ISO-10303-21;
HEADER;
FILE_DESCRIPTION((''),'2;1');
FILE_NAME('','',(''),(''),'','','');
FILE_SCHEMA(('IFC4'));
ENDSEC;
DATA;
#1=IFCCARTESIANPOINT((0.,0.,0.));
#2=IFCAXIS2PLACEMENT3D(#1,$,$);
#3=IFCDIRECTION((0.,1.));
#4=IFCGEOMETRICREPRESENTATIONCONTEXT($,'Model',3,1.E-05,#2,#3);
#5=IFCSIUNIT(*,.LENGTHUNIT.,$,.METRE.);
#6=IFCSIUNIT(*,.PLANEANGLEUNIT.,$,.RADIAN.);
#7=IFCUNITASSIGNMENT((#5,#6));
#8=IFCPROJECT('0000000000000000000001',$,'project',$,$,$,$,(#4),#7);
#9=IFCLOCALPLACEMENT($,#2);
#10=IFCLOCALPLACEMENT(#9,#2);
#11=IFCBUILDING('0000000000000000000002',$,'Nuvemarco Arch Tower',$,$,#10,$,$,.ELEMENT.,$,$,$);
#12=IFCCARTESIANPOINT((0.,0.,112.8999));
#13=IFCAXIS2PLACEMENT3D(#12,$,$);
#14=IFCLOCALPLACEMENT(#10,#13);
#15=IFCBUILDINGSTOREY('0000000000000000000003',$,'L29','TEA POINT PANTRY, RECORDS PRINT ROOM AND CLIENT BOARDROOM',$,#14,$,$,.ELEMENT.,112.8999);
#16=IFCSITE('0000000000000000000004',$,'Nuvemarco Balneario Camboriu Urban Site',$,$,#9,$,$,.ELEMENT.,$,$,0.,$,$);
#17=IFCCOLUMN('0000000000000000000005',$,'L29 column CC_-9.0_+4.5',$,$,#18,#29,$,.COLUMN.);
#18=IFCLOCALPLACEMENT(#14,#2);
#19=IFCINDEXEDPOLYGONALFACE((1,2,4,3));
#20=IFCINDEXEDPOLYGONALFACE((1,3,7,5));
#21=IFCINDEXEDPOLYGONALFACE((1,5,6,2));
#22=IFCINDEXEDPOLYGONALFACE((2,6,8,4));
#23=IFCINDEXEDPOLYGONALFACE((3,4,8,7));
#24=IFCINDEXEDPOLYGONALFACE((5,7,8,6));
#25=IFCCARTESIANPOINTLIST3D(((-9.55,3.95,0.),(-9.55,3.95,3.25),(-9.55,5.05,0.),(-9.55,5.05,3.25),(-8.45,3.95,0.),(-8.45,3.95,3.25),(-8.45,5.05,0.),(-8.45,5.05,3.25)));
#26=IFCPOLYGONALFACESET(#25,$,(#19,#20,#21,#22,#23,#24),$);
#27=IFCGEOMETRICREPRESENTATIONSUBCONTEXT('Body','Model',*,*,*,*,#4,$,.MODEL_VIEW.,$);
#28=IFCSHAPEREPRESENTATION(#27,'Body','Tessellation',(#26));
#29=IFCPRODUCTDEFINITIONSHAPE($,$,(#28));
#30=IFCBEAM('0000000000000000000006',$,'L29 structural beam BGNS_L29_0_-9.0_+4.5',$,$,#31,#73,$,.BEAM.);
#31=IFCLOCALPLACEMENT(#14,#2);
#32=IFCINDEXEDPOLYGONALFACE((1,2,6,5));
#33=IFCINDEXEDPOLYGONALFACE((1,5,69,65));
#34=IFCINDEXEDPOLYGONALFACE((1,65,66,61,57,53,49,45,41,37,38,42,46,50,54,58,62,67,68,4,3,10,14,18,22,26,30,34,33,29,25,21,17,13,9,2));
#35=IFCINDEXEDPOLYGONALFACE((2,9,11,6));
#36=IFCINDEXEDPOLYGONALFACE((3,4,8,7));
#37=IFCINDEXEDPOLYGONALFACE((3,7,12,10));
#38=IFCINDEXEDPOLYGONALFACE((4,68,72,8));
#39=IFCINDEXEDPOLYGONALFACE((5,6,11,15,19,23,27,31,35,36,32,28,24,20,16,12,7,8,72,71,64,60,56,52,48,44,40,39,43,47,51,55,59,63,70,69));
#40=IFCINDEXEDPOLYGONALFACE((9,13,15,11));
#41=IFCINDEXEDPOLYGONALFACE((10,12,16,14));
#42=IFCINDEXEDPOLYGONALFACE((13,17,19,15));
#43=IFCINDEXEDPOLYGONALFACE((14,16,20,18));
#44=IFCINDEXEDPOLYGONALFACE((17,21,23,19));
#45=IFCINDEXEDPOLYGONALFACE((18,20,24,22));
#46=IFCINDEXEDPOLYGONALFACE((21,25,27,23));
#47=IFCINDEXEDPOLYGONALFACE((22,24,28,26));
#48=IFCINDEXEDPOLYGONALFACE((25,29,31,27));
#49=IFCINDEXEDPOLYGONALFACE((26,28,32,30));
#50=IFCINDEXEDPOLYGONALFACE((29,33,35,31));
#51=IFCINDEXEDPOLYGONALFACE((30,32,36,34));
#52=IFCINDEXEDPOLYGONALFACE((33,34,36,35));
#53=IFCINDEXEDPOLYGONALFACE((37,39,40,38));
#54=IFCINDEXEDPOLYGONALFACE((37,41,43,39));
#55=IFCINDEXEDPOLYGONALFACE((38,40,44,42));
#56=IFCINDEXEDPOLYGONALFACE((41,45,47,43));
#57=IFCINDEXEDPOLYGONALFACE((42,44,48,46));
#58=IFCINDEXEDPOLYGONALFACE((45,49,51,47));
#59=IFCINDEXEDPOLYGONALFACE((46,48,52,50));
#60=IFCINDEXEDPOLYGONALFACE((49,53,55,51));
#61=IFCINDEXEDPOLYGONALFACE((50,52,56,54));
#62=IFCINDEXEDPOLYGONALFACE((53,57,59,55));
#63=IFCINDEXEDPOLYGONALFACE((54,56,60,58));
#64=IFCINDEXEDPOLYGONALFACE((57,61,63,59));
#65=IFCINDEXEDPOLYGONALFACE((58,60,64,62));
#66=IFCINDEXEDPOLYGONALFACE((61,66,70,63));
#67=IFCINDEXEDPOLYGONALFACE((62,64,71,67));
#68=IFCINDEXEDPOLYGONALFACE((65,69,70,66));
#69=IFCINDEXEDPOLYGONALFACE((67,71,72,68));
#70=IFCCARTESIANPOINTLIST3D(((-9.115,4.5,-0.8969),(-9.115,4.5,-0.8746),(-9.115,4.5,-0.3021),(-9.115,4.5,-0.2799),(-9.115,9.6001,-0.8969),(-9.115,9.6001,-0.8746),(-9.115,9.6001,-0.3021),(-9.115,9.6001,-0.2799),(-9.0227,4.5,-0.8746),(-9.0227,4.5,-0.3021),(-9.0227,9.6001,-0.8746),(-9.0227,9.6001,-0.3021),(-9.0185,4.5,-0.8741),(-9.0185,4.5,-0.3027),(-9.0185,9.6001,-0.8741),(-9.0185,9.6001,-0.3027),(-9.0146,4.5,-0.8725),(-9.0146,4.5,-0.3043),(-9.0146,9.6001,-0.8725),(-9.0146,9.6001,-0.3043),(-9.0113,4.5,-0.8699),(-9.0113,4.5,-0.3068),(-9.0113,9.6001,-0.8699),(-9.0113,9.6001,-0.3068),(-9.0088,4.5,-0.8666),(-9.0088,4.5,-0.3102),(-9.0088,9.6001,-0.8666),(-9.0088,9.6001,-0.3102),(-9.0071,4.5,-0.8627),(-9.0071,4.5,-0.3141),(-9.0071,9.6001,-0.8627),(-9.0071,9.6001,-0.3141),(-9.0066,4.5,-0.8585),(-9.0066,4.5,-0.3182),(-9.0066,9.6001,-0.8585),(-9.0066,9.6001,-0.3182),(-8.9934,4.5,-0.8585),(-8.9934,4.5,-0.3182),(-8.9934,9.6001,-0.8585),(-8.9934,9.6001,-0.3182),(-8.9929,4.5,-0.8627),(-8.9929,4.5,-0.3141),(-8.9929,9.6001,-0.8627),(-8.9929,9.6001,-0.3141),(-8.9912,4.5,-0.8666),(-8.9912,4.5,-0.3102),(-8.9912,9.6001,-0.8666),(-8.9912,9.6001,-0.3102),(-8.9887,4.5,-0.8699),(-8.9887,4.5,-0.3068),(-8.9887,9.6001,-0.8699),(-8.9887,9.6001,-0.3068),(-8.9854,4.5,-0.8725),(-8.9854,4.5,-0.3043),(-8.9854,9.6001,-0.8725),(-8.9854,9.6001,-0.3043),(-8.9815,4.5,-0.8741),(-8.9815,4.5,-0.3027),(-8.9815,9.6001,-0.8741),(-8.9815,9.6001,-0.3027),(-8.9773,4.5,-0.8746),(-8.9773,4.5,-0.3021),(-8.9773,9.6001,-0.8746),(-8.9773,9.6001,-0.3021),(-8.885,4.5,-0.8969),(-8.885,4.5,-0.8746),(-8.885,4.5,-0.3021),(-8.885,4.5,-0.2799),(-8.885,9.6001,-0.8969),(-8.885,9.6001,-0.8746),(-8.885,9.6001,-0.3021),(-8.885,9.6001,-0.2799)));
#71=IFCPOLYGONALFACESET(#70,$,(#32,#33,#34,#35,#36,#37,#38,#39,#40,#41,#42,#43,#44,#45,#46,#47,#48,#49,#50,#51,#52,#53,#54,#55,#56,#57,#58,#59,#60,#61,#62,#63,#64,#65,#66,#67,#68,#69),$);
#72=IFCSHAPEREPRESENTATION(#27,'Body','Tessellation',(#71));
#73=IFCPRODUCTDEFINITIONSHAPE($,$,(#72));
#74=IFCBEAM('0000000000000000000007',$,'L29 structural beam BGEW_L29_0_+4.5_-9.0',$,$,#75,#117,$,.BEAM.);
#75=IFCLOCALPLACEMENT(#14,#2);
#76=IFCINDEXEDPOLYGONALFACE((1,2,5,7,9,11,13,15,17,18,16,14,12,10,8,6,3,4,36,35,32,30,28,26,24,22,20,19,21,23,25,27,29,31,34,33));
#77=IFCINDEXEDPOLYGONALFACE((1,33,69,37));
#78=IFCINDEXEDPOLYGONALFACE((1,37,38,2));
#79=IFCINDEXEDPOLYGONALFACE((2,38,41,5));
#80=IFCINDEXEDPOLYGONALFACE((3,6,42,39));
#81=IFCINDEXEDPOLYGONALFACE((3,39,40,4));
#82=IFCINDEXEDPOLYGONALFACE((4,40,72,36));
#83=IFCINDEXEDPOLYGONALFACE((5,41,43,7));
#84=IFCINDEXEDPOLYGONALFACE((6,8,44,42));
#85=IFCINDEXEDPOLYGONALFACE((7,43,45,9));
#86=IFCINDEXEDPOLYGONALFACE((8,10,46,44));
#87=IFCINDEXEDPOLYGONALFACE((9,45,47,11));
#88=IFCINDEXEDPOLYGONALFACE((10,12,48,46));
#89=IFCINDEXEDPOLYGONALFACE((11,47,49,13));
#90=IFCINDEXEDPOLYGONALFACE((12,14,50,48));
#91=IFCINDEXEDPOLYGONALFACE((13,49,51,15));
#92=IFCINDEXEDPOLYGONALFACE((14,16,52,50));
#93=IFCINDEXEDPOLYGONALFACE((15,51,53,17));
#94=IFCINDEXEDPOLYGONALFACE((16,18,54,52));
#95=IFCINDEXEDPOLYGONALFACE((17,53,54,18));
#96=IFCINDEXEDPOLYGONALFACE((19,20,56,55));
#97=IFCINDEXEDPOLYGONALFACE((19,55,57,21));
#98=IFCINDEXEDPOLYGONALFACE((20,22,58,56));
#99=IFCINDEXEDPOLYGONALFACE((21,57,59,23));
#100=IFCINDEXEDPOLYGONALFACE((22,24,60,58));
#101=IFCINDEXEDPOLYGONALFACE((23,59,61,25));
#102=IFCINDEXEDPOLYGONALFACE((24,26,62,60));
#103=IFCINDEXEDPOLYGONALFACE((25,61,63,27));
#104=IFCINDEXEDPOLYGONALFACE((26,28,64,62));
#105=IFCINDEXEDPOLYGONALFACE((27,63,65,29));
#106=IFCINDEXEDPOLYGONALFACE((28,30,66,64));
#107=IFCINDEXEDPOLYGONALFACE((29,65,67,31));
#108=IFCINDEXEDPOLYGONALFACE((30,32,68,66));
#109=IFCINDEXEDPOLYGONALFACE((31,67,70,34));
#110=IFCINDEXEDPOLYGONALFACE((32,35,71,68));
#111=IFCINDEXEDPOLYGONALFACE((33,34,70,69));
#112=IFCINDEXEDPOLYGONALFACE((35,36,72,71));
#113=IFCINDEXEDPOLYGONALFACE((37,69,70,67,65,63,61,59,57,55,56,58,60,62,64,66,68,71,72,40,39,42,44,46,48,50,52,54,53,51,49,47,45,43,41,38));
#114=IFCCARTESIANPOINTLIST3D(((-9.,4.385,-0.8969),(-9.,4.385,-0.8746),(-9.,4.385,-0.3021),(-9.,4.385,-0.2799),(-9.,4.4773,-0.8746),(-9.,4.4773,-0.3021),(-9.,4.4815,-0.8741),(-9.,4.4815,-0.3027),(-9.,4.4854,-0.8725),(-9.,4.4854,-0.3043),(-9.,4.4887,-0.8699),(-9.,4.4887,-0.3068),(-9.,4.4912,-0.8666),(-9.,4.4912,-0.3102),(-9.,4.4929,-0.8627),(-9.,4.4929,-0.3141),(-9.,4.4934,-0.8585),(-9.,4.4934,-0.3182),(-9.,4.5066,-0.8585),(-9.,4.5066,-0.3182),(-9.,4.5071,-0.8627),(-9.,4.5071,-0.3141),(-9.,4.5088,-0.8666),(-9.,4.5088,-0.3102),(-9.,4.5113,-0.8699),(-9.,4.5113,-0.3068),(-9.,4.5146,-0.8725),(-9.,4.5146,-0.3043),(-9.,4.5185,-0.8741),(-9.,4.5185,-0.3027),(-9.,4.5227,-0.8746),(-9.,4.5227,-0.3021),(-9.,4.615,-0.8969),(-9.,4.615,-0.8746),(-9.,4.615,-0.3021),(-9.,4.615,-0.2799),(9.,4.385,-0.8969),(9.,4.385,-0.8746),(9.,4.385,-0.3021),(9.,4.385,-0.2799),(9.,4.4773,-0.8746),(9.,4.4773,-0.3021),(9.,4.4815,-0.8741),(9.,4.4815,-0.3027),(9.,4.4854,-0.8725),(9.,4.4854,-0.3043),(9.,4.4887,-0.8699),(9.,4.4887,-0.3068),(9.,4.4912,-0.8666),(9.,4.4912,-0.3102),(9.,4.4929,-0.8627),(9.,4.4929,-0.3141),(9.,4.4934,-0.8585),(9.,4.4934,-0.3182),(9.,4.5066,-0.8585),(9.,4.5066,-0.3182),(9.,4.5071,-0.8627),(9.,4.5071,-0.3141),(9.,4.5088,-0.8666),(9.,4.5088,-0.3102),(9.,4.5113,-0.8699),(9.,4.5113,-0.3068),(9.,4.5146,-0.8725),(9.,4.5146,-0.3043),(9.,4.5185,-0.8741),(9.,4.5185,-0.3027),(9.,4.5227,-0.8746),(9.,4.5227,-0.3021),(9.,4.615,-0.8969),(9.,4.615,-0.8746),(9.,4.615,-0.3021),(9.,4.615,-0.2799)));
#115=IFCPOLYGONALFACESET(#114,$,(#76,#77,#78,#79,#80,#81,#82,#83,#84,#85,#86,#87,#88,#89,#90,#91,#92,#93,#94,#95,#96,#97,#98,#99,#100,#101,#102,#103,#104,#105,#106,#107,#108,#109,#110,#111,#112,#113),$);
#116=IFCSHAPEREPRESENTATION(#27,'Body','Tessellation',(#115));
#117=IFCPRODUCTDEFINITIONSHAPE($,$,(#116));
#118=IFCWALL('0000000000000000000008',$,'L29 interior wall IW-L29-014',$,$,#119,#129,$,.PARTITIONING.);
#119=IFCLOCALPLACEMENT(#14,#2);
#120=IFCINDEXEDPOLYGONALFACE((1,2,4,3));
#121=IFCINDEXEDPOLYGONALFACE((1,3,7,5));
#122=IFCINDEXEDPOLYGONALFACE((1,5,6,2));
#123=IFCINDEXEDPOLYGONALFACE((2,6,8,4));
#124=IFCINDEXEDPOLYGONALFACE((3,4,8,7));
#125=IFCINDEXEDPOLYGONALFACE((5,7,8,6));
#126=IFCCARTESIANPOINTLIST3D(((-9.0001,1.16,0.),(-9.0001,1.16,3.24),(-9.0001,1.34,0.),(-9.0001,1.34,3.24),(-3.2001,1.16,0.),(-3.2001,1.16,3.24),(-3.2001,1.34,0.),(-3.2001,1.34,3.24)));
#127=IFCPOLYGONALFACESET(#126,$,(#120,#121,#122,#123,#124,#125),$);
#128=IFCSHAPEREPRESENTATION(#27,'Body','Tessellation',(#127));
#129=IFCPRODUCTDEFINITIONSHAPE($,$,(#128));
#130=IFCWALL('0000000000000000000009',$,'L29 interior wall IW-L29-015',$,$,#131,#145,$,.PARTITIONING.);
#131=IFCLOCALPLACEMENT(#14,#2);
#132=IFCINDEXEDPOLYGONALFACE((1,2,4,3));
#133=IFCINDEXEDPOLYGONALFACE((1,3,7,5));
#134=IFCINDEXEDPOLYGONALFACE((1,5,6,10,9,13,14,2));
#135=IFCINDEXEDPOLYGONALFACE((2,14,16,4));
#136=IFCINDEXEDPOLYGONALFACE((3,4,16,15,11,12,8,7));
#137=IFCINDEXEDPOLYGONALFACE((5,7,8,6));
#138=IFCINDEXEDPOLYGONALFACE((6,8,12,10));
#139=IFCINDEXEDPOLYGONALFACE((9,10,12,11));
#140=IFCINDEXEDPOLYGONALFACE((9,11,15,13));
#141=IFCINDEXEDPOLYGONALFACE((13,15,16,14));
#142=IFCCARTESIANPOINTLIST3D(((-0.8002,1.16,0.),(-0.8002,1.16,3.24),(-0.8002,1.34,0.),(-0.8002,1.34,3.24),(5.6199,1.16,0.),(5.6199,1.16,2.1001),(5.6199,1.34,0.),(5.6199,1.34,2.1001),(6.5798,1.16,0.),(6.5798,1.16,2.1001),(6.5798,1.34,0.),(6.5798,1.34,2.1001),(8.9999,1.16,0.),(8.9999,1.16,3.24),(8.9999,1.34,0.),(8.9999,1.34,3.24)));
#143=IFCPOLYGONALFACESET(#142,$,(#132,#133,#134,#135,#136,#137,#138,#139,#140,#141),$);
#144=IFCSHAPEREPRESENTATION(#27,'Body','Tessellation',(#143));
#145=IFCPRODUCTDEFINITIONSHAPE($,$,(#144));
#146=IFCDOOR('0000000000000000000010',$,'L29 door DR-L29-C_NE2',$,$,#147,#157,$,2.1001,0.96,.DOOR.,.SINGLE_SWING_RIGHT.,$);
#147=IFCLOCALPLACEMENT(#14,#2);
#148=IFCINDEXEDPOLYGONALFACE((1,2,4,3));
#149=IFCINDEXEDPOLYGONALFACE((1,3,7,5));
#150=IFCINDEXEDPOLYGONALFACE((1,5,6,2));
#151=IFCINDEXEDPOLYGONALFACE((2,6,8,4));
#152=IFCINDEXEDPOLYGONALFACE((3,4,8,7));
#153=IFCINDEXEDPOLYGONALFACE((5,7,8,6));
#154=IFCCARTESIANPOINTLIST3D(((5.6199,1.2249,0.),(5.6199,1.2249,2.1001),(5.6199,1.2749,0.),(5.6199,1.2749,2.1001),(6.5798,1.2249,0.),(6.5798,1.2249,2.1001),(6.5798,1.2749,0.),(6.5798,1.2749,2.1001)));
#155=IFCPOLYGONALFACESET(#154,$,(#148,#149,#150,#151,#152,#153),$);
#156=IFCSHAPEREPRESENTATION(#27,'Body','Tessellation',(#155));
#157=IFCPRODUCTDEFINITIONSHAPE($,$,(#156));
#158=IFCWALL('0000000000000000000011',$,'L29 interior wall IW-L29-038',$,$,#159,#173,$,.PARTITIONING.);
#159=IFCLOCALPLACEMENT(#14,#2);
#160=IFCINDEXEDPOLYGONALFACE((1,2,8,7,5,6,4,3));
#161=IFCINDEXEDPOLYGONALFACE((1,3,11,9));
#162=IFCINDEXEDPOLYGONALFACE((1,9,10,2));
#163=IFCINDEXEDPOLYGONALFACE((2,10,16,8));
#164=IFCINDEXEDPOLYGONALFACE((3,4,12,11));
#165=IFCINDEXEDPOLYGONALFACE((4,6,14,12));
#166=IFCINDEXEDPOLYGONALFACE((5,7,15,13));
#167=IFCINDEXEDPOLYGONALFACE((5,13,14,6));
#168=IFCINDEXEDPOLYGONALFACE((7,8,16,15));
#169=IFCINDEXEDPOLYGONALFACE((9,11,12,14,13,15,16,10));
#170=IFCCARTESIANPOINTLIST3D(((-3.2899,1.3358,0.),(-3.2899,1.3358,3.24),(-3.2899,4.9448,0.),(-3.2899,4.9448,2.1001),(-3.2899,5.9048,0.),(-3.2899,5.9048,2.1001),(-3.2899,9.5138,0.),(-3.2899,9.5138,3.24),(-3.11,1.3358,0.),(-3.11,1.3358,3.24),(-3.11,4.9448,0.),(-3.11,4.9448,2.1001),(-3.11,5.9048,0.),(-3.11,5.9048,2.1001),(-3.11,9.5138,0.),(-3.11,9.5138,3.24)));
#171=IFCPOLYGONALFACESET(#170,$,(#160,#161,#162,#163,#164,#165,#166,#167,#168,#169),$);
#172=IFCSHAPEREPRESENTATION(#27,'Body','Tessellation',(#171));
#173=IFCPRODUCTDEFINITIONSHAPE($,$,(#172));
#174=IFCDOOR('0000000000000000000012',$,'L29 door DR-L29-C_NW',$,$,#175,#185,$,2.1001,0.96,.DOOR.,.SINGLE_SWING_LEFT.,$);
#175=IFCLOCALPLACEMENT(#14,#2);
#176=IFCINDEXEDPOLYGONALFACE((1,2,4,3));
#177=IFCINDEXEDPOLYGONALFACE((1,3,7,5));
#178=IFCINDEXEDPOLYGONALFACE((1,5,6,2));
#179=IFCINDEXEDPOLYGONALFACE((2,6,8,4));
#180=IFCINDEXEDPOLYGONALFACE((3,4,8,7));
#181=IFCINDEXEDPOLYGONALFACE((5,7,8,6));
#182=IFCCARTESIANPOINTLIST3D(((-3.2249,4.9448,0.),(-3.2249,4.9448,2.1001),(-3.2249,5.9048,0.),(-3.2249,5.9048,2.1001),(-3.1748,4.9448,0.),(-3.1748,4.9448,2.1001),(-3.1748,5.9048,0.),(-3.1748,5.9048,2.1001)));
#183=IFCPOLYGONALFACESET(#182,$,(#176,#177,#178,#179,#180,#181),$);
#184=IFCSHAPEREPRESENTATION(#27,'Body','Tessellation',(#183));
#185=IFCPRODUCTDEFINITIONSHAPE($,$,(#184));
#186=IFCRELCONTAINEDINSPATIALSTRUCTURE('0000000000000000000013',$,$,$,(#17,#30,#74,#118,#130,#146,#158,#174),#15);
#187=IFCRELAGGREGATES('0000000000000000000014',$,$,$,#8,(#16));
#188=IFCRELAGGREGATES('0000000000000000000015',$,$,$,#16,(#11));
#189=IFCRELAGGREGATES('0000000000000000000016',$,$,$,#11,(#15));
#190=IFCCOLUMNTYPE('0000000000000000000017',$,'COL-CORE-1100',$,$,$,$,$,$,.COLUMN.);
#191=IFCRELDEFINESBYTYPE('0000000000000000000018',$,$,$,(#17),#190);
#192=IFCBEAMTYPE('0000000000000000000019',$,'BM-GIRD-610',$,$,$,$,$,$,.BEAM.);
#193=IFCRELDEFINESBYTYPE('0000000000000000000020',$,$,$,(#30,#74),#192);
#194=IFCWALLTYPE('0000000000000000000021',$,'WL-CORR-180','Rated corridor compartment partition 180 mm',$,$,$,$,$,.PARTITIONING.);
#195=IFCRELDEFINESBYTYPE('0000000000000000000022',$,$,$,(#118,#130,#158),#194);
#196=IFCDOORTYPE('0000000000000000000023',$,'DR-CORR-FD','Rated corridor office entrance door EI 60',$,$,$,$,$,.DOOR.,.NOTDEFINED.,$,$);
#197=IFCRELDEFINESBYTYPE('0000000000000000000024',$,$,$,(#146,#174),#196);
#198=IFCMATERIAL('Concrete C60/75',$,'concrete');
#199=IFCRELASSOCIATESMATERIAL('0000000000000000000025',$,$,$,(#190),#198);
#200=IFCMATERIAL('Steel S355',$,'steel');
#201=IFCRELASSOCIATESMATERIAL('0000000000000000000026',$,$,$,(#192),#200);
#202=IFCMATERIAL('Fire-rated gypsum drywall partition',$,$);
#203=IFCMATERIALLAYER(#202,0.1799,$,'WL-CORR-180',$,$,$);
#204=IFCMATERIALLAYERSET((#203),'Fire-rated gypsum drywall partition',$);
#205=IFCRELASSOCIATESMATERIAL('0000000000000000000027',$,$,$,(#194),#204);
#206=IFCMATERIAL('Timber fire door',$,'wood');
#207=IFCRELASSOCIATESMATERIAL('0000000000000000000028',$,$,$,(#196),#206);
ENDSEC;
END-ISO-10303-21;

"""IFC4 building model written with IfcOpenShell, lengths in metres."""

from ifc_helpers import new_model, si_unit, direction, frame, frame_2d, origin, origin_2d, place, context, subcontext, project, spatial, rectangle, i_section, extrude, source, transform, mapped, material, layer, layer_set, material_profile, profile_set, type_object, type_shapes, element, fill, save


model = new_model("IFC4")

# Units and contexts
model_context = context("Model", 3, precision=1e-05, world=origin(), true_north=direction((0.0, 1.0)))
body_context = subcontext(model_context, "Body", "Model", "MODEL_VIEW")
ifc_project = project(units=[si_unit("LENGTHUNIT", "METRE"), si_unit("PLANEANGLEUNIT", "RADIAN")], contexts=[model_context])

# Site, building, storey
site_placement = place(None, origin())
site = spatial("IfcSite", under=ifc_project, at=site_placement, Name="Nuvemarco Balneario Camboriu Urban Site", CompositionType="ELEMENT", RefElevation=0.0)
building_placement = place(site_placement, origin())
building = spatial("IfcBuilding", under=site, at=building_placement, Name="Nuvemarco Arch Tower", CompositionType="ELEMENT")
storey_placement = place(building_placement, frame((0.0, 0.0, 112.8999)))
storey = spatial("IfcBuildingStorey", under=building, at=storey_placement, Name="L29", Description="TEA POINT PANTRY, RECORDS PRINT ROOM AND CLIENT BOARDROOM", CompositionType="ELEMENT", Elevation=112.8999)

# Column
ifc_material_1 = material(Name="Concrete C60/75", Category="concrete")
ifc_material_profile_1 = material_profile(ifc_material_1, rectangle(XDim=1.1001, YDim=1.1001, at=origin_2d()), Name="RC-COL-1100x1100")
ifc_profile_set_1 = profile_set([ifc_material_profile_1], Name="Concrete C60/75")
column_type = type_object("IfcColumnType", Name="COL-CORE-1100", PredefinedType="COLUMN", material=ifc_profile_set_1)
column_placement = place(storey_placement, frame((-9.0, 4.5, 0.0), z_axis=(0.0, 0.0, 1.0), x_axis=(1.0, 0.0, 0.0)))
element("IfcColumn", 1, at=column_placement, inside=storey, type_object=column_type, Name="L29 column CC_-9.0_+4.5", PredefinedType="COLUMN", context=body_context, shape_type="SweptSolid", body=[
    extrude(rectangle(XDim=1.1001, YDim=1.1001, at=origin_2d()), origin(), (0.0, 0.0, 1.0), 3.25),
])

# Beams
ifc_material_2 = material(Name="Steel S355", Category="steel")
ifc_material_profile_2 = material_profile(ifc_material_2, i_section(OverallWidth=0.23, OverallDepth=0.6169, WebThickness=0.0132, FlangeThickness=0.0222, FilletRadius=0.0161, at=origin_2d()), Name="W610x140")
ifc_profile_set_2 = profile_set([ifc_material_profile_2], Name="Steel S355")
beam_type = type_object("IfcBeamType", Name="BM-GIRD-610", PredefinedType="BEAM", material=ifc_profile_set_2)
beam_1_placement = place(storey_placement, frame((-9.0, 4.5, -0.5884), z_axis=(0.0, 1.0, 0.0), x_axis=(-1.0, 0.0, 0.0)))
element("IfcBeam", 2, at=beam_1_placement, inside=storey, type_object=beam_type, Name="L29 structural beam BGNS_L29_0_-9.0_+4.5", PredefinedType="BEAM", context=body_context, shape_type="SweptSolid", body=[
    extrude(i_section(OverallWidth=0.23, OverallDepth=0.6169, WebThickness=0.0132, FlangeThickness=0.0222, FilletRadius=0.0161, at=origin_2d()), origin(), (0.0, 0.0, 1.0), 5.1001),
])
beam_2_placement = place(storey_placement, frame((-9.0, 4.5, -0.5884), z_axis=(1.0, 0.0, 0.0), x_axis=(0.0, 1.0, 0.0)))
element("IfcBeam", 3, at=beam_2_placement, inside=storey, type_object=beam_type, Name="L29 structural beam BGEW_L29_0_+4.5_-9.0", PredefinedType="BEAM", context=body_context, shape_type="SweptSolid", body=[
    extrude(i_section(OverallWidth=0.23, OverallDepth=0.6169, WebThickness=0.0132, FlangeThickness=0.0222, FilletRadius=0.0161, at=origin_2d()), origin(), (0.0, 0.0, 1.0), 18.0),
])

# Wall
ifc_material_3 = material(Name="Fire-rated gypsum drywall partition")
ifc_layer_1 = layer(ifc_material_3, 0.1799, Name="WL-CORR-180")
ifc_layer_set_1 = layer_set([ifc_layer_1], Name="Fire-rated gypsum drywall partition")
wall_type_1 = type_object("IfcWallType", Name="WL-CORR-180", Description="Rated corridor compartment partition 180 mm", PredefinedType="PARTITIONING", material=ifc_layer_set_1)
wall_1_placement = place(storey_placement, frame((-9.0, 1.25, 0.0), z_axis=(0.0, 0.0, 1.0), x_axis=(1.0, 0.0, 0.0)))
element("IfcWall", 4, at=wall_1_placement, inside=storey, type_object=wall_type_1, Name="L29 interior wall IW-L29-014", PredefinedType="PARTITIONING", context=body_context, shape_type="SweptSolid", body=[
    extrude(rectangle(XDim=5.8, YDim=0.1799, at=frame_2d((2.8999, 0.0))), origin(), (0.0, 0.0, 1.0), 3.24),
])

# Walls, openings, doors
wall_2_placement = place(storey_placement, frame((-0.8, 1.25, 0.0), z_axis=(0.0, 0.0, 1.0), x_axis=(1.0, 0.0, 0.0)))
wall_2 = element("IfcWall", 5, at=wall_2_placement, inside=storey, type_object=wall_type_1, Name="L29 interior wall IW-L29-015", PredefinedType="PARTITIONING", context=body_context, shape_type="SweptSolid", body=[
    extrude(rectangle(XDim=9.8, YDim=0.1799, at=frame_2d((4.8999, 0.0))), origin(), (0.0, 0.0, 1.0), 3.24),
])
opening_1_placement = place(wall_2_placement, frame((6.4199, 0.0, 0.0)))
opening_1 = element("IfcOpeningElement", 6, at=opening_1_placement, cuts=wall_2, PredefinedType="OPENING", context=body_context, shape_type="SweptSolid", body=[
    extrude(rectangle(XDim=0.96, YDim=2.1001, at=frame_2d((0.48, 1.05))), frame((0.0, 0.0999, 0.0), z_axis=(0.0, -1.0, 0.0), x_axis=(1.0, 0.0, 0.0)), (0.0, 0.0, 1.0), 0.2),
])
ifc_material_4 = material(Name="Timber fire door", Category="wood")
door_type_1 = type_object("IfcDoorType", Name="DR-CORR-FD", Description="Rated corridor office entrance door EI 60", OperationType="NOTDEFINED", PredefinedType="DOOR", material=ifc_material_4)
shared_shape_1 = source(origin(), body_context, "Body", "SweptSolid", [
    extrude(rectangle(XDim=0.96, YDim=2.1001, at=frame_2d((0.48, 1.05))), frame((0.0, 0.0249, 0.0), z_axis=(0.0, -1.0, 0.0), x_axis=(1.0, 0.0, 0.0)), (0.0, 0.0, 1.0), 0.05),
])
type_shapes(door_type_1, [shared_shape_1])
door_1_placement = place(opening_1_placement, origin())
door_1 = element("IfcDoor", 7, at=door_1_placement, inside=storey, type_object=door_type_1, Name="L29 door DR-L29-C_NE2", OperationType="SINGLE_SWING_RIGHT", OverallHeight=2.1001, OverallWidth=0.96, PredefinedType="DOOR", context=body_context, shape_type="MappedRepresentation", body=[
    mapped(shared_shape_1, transform((0.0, 0.0, 0.0), scale=1.0)),
])
fill(opening_1, door_1)
wall_3_placement = place(storey_placement, frame((-3.2, 1.3359, 0.0), z_axis=(0.0, 0.0, 1.0), x_axis=(0.0, 1.0, 0.0)))
wall_3 = element("IfcWall", 8, at=wall_3_placement, inside=storey, type_object=wall_type_1, Name="L29 interior wall IW-L29-038", PredefinedType="PARTITIONING", context=body_context, shape_type="SweptSolid", body=[
    extrude(rectangle(XDim=8.178, YDim=0.1799, at=frame_2d((4.0889, 0.0))), origin(), (0.0, 0.0, 1.0), 3.24),
])
opening_2_placement = place(wall_3_placement, frame((3.6089, 0.0, 0.0)))
opening_2 = element("IfcOpeningElement", 9, at=opening_2_placement, cuts=wall_3, PredefinedType="OPENING", context=body_context, shape_type="SweptSolid", body=[
    extrude(rectangle(XDim=0.96, YDim=2.1001, at=frame_2d((0.48, 1.05))), frame((0.0, 0.0999, 0.0), z_axis=(0.0, -1.0, 0.0), x_axis=(1.0, 0.0, 0.0)), (0.0, 0.0, 1.0), 0.2),
])
door_2_placement = place(opening_2_placement, origin())
door_2 = element("IfcDoor", 10, at=door_2_placement, inside=storey, type_object=door_type_1, Name="L29 door DR-L29-C_NW", OperationType="SINGLE_SWING_LEFT", OverallHeight=2.1001, OverallWidth=0.96, PredefinedType="DOOR", context=body_context, shape_type="MappedRepresentation", body=[
    mapped(shared_shape_1, transform((0.0, 0.0, 0.0), scale=1.0)),
])
fill(opening_2, door_2)

save(model, "model.ifc")
